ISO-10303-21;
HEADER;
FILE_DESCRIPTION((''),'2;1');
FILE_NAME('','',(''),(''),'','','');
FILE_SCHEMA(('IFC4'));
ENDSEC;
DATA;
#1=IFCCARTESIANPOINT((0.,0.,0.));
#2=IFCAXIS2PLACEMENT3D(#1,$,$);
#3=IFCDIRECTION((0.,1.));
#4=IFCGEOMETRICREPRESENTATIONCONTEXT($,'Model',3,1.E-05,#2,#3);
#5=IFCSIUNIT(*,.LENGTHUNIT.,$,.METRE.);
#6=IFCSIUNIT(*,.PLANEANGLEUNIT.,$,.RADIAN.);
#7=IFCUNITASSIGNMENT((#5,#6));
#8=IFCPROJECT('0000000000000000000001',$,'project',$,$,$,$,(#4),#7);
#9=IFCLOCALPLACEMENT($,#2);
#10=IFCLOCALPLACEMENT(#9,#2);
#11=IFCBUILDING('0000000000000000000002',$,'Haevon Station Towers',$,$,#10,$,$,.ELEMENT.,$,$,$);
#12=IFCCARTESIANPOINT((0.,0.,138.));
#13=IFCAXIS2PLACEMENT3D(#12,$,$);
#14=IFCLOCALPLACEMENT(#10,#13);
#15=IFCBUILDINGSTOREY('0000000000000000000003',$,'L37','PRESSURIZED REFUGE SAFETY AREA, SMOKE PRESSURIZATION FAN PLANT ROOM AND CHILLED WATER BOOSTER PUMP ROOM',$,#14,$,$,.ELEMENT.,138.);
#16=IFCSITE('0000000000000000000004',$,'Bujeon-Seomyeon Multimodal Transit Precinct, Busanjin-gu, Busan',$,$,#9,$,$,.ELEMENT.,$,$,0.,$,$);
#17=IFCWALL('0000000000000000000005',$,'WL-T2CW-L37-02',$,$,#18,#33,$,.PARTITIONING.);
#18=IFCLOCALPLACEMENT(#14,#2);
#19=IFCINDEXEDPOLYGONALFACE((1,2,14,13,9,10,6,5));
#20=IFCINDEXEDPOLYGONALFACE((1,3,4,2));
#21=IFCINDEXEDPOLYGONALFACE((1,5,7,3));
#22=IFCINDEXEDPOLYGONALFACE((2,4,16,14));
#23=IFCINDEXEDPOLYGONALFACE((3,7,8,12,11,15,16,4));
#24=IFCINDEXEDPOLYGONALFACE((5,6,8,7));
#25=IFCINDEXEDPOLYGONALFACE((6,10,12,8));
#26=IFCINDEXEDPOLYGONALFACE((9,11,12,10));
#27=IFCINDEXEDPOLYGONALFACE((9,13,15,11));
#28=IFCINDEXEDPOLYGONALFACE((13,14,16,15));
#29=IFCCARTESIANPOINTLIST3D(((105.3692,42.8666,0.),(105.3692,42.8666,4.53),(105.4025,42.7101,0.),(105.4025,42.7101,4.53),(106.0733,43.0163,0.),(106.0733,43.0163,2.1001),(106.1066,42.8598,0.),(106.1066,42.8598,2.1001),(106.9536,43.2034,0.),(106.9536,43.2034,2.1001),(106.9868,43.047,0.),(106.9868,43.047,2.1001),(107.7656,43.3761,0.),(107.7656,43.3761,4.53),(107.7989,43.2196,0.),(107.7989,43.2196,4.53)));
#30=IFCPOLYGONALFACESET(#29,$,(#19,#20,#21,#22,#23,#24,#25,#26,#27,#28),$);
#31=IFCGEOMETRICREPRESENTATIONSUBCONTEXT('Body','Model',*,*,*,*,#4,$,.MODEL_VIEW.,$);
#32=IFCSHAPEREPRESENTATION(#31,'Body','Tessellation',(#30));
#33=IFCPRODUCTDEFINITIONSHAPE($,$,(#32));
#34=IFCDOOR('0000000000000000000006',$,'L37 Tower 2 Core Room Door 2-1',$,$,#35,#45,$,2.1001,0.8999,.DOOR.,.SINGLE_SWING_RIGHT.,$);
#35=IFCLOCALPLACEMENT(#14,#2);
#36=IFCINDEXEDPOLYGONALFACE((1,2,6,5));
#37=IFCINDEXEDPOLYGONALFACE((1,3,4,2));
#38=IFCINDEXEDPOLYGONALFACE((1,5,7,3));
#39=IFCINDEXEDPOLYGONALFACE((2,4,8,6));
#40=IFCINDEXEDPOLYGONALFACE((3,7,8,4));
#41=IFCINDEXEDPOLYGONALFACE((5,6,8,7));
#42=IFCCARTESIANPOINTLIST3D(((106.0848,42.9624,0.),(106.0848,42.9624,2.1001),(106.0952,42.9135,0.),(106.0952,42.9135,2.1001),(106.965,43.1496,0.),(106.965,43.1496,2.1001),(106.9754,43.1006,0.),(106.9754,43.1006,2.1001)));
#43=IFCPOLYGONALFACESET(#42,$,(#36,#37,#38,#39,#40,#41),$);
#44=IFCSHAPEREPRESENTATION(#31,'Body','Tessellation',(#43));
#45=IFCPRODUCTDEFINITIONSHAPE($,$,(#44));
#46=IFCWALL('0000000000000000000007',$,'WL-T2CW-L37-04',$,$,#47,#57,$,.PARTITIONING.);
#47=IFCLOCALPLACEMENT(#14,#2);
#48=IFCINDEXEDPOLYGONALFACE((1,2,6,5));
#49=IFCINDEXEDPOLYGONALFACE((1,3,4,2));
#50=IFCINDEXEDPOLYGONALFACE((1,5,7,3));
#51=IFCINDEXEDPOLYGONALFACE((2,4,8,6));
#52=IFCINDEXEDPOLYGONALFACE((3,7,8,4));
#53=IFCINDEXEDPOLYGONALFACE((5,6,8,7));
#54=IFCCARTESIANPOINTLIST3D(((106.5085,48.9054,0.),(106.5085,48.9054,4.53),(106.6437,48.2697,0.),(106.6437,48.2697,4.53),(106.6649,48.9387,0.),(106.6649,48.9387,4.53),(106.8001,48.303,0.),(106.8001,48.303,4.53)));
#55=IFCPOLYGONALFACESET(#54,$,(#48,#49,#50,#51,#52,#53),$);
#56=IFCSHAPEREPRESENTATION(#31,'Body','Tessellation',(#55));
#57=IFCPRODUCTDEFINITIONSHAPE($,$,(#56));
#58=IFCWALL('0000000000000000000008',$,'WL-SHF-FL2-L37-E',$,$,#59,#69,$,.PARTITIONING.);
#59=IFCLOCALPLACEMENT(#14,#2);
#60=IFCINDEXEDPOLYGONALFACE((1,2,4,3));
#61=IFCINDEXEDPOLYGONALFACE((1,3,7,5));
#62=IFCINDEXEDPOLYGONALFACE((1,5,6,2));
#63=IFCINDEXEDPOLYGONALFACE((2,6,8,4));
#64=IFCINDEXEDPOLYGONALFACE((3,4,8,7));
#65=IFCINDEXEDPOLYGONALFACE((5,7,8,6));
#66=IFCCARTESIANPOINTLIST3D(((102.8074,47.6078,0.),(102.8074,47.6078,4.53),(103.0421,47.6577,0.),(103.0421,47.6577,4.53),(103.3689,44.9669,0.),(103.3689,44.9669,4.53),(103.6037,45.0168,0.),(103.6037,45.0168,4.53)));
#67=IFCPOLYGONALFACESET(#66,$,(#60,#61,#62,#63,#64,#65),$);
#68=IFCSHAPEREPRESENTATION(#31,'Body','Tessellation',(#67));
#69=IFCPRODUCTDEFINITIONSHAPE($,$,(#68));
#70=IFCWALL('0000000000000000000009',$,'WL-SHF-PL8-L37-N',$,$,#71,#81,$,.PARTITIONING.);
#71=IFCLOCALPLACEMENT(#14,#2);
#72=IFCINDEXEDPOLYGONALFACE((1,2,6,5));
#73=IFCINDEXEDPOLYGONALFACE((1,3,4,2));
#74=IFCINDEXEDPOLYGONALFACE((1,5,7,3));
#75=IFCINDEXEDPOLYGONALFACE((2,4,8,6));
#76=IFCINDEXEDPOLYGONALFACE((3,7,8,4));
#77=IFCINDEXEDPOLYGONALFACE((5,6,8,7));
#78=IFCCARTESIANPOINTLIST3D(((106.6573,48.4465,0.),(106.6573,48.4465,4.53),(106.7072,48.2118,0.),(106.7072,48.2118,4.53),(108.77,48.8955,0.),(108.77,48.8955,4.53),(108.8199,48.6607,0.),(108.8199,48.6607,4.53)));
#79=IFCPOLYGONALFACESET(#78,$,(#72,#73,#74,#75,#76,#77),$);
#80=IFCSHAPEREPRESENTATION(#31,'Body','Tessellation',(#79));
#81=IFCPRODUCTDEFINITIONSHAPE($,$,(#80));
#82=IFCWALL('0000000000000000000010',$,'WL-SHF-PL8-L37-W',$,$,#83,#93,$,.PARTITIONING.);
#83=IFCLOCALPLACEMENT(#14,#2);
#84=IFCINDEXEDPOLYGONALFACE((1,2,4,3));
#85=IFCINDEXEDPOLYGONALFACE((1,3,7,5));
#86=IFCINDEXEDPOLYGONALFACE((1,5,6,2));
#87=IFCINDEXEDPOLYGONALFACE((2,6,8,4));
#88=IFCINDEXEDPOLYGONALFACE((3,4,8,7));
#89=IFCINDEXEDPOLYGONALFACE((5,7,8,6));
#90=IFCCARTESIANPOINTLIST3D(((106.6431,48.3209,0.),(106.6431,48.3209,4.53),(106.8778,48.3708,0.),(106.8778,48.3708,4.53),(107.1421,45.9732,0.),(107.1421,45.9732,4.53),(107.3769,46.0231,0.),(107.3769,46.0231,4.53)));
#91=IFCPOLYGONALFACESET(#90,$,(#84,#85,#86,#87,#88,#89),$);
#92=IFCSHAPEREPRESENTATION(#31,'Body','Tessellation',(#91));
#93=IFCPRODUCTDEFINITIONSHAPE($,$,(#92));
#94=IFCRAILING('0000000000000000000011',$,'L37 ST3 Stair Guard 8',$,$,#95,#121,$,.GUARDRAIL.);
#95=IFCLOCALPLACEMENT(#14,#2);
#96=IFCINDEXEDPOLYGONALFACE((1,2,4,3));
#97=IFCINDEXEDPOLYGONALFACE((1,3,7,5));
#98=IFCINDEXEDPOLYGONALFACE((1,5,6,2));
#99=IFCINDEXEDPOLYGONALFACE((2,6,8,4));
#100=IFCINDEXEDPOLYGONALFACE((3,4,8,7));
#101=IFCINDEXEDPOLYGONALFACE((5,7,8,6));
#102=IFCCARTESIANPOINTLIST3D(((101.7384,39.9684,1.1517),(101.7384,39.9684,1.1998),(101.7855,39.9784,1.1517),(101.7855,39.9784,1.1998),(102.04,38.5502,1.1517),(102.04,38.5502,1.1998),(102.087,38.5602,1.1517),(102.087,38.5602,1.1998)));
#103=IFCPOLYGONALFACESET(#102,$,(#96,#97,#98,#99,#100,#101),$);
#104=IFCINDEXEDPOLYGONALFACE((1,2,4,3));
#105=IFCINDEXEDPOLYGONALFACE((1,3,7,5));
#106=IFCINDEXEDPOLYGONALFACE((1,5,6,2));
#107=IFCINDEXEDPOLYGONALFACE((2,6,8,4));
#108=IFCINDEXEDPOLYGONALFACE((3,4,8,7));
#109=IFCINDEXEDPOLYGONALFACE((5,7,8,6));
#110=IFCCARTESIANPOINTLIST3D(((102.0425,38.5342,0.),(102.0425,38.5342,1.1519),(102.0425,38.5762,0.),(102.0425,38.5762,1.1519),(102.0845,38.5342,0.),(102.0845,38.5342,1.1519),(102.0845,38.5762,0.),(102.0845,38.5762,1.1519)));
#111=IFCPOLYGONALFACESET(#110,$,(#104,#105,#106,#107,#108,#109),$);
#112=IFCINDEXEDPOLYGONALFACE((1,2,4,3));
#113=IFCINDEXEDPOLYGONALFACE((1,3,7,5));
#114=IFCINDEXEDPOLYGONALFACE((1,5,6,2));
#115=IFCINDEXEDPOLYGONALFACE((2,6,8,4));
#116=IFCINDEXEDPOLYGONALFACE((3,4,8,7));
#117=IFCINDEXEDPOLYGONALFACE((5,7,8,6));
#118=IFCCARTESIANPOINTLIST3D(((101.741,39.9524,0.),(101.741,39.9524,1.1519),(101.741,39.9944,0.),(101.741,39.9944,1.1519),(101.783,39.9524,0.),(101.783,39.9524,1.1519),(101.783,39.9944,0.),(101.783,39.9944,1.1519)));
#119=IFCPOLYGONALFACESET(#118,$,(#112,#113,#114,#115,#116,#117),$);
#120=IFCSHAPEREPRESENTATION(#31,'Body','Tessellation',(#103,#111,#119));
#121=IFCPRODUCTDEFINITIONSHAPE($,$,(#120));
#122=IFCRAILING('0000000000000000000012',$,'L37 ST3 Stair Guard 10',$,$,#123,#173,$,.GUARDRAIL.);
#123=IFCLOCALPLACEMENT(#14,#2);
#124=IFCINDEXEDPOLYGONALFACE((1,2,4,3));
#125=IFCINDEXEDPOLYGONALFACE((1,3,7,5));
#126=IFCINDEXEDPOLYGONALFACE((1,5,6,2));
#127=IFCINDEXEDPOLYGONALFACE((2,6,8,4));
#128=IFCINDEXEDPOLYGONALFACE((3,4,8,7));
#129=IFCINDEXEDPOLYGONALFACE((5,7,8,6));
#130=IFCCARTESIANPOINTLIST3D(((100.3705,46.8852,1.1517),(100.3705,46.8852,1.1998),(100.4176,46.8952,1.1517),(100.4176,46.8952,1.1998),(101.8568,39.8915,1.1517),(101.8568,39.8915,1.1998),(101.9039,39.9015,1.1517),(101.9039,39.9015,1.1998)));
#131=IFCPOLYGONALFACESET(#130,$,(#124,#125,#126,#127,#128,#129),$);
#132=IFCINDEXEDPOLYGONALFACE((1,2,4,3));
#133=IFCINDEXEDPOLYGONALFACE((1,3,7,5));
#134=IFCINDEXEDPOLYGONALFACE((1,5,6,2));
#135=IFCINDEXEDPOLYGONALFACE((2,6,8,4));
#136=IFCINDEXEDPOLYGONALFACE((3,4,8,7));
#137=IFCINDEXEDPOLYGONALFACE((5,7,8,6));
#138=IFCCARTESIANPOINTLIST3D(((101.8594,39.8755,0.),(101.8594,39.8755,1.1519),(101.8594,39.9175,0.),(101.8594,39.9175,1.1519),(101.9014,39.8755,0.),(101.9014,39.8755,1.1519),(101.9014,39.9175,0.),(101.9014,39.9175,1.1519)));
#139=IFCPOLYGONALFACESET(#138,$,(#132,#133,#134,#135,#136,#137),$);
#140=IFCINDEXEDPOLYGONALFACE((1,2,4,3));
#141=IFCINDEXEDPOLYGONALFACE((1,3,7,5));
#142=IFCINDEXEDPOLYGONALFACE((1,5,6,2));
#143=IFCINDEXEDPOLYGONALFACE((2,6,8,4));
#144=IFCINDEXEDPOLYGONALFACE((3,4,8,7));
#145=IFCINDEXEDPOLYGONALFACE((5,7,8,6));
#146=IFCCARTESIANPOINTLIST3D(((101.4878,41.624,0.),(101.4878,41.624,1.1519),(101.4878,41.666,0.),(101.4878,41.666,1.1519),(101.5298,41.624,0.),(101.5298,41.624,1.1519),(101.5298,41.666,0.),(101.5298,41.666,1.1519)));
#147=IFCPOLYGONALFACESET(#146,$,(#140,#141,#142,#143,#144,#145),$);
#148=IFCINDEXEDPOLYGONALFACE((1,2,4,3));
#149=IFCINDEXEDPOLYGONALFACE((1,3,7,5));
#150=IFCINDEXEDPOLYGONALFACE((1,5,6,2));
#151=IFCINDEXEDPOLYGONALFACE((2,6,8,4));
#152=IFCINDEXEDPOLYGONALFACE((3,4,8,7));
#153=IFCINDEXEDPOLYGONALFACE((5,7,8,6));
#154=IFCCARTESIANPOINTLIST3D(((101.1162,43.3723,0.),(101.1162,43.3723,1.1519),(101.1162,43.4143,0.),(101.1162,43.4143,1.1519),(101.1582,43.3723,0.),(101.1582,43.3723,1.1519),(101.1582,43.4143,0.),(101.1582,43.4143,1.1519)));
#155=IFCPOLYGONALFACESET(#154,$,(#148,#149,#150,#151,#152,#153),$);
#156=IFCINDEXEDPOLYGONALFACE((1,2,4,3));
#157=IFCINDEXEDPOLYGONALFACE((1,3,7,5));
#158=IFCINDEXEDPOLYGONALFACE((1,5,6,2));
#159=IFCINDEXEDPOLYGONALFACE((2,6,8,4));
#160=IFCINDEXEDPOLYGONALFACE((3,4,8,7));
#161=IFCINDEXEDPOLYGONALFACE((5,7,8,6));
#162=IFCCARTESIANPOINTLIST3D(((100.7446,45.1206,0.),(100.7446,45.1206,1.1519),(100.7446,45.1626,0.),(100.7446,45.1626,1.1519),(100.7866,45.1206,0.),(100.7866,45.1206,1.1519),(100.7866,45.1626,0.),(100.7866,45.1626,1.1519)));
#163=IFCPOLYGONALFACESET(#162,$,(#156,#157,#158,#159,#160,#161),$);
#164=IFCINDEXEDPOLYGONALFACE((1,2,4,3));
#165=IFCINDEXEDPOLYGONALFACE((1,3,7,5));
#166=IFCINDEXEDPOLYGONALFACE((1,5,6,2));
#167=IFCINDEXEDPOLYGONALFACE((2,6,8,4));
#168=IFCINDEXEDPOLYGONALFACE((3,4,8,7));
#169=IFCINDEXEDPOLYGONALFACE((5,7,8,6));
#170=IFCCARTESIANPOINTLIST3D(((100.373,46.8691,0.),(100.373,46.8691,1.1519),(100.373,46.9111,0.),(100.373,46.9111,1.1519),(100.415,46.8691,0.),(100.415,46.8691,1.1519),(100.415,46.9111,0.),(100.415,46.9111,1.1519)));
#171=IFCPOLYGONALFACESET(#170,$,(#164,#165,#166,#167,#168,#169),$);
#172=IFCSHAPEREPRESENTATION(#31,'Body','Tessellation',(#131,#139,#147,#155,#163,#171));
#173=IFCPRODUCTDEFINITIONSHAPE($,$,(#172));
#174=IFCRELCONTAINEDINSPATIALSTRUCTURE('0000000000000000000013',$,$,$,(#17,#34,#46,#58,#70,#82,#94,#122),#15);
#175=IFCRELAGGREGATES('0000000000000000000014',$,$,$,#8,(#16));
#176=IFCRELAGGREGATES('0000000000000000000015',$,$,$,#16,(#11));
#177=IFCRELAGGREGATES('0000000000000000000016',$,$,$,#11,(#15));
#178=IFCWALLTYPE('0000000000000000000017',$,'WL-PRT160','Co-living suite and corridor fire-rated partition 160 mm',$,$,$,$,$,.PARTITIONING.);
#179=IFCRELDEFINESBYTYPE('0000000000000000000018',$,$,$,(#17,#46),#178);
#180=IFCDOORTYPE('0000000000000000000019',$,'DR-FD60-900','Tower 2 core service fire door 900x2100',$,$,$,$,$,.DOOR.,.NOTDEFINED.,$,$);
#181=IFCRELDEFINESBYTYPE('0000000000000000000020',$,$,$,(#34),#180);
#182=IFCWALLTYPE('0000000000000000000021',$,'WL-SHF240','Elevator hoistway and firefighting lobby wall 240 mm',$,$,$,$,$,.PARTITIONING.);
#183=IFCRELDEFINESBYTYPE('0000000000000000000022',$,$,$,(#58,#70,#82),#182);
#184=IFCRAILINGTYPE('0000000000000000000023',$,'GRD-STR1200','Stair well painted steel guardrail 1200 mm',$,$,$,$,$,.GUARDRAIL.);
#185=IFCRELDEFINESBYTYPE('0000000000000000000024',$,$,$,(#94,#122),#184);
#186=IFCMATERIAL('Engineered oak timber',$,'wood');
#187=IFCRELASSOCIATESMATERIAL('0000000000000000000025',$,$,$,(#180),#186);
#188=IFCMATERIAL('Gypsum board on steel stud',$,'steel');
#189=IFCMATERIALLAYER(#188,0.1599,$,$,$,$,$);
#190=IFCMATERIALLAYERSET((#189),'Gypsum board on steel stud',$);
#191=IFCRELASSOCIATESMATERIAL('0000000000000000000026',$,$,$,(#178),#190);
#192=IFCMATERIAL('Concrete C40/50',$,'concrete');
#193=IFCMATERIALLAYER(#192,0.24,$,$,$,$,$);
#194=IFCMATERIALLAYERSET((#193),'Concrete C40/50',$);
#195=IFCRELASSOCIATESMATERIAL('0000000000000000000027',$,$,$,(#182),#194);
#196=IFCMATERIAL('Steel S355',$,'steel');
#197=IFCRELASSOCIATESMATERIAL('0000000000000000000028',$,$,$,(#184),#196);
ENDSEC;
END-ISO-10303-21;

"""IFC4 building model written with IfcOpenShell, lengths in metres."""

from ifc_helpers import new_model, si_unit, direction, frame, frame_2d, origin, origin_2d, place, context, subcontext, project, spatial, rectangle, extrude, material, layer, layer_set, type_object, element, fill, save


model = new_model("IFC4")

# Units and contexts
model_context = context("Model", 3, precision=1e-05, world=origin(), true_north=direction((0.0, 1.0)))
body_context = subcontext(model_context, "Body", "Model", "MODEL_VIEW")
ifc_project = project(units=[si_unit("LENGTHUNIT", "METRE"), si_unit("PLANEANGLEUNIT", "RADIAN")], contexts=[model_context])

# Site, building, storey
site_placement = place(None, origin())
site = spatial("IfcSite", under=ifc_project, at=site_placement, Name="Bujeon-Seomyeon Multimodal Transit Precinct, Busanjin-gu, Busan", CompositionType="ELEMENT", RefElevation=0.0)
building_placement = place(site_placement, origin())
building = spatial("IfcBuilding", under=site, at=building_placement, Name="Haevon Station Towers", CompositionType="ELEMENT")
storey_placement = place(building_placement, frame((0.0, 0.0, 138.0)))
storey = spatial("IfcBuildingStorey", under=building, at=storey_placement, Name="L37", Description="PRESSURIZED REFUGE SAFETY AREA, SMOKE PRESSURIZATION FAN PLANT ROOM AND CHILLED WATER BOOSTER PUMP ROOM", CompositionType="ELEMENT", Elevation=138.0)

# Shared definitions
ifc_material_1 = material(Name="Gypsum board on steel stud", Category="steel")
ifc_material_2 = material(Name="Engineered oak timber", Category="wood")

# Shared definitions
door_type_1 = type_object("IfcDoorType", Name="DR-FD60-900", Description="Tower 2 core service fire door 900x2100", OperationType="NOTDEFINED", PredefinedType="DOOR", material=ifc_material_2)

# Shared definitions
ifc_layer_1 = layer(ifc_material_1, 0.1599)
ifc_layer_set_1 = layer_set([ifc_layer_1], Name="Gypsum board on steel stud")
wall_type_1 = type_object("IfcWallType", Name="WL-PRT160", Description="Co-living suite and corridor fire-rated partition 160 mm", PredefinedType="PARTITIONING", material=ifc_layer_set_1)

# Wall, opening, door
wall_1_placement = place(storey_placement, frame((105.3857, 42.7883, 0.0), z_axis=(0.0, 0.0, 1.0), x_axis=(0.978137, 0.207964, 0.0)))
wall_1 = element("IfcWall", 1, at=wall_1_placement, inside=storey, type_object=wall_type_1, Name="WL-T2CW-L37-02", PredefinedType="PARTITIONING", context=body_context, shape_type="SweptSolid", body=[
    extrude(rectangle(XDim=2.45, YDim=0.1599, at=frame_2d((1.2251, 0.0))), origin(), (0.0, 0.0, 1.0), 4.53),
])
opening_1_placement = place(wall_1_placement, frame((0.72, 0.0, 0.0)))
opening_1 = element("IfcOpeningElement", 2, at=opening_1_placement, cuts=wall_1, PredefinedType="OPENING", context=body_context, shape_type="SweptSolid", body=[
    extrude(rectangle(XDim=0.8999, YDim=2.1001, at=frame_2d((0.45, 1.05))), frame((0.0, 0.0898, 0.0), z_axis=(0.0, -1.0, 0.0), x_axis=(1.0, 0.0, 0.0)), (0.0, 0.0, 1.0), 0.1799),
])
door_1_placement = place(opening_1_placement, origin())
door_1 = element("IfcDoor", 3, at=door_1_placement, inside=storey, type_object=door_type_1, Name="L37 Tower 2 Core Room Door 2-1", OperationType="SINGLE_SWING_RIGHT", OverallHeight=2.1001, OverallWidth=0.8999, PredefinedType="DOOR", context=body_context, shape_type="SweptSolid", body=[
    extrude(rectangle(XDim=0.8999, YDim=2.1001, at=frame_2d((0.45, 1.05))), frame((0.0, 0.0249, 0.0), z_axis=(0.0, -1.0, 0.0), x_axis=(1.0, 0.0, 0.0)), (0.0, 0.0, 1.0), 0.05),
])
fill(opening_1, door_1)

# Walls
wall_2_placement = place(storey_placement, frame((106.7219, 48.2864, 0.0), z_axis=(0.0, 0.0, 1.0), x_axis=(-0.208092, 0.978109, 0.0)))
element("IfcWall", 4, at=wall_2_placement, inside=storey, type_object=wall_type_1, Name="WL-T2CW-L37-04", PredefinedType="PARTITIONING", context=body_context, shape_type="SweptSolid", body=[
    extrude(rectangle(XDim=0.6499, YDim=0.1599, at=frame_2d((0.325, 0.0))), origin(), (0.0, 0.0, 1.0), 4.53),
])
ifc_material_3 = material(Name="Concrete C40/50", Category="concrete")
ifc_layer_2 = layer(ifc_material_3, 0.24)
ifc_layer_set_2 = layer_set([ifc_layer_2], Name="Concrete C40/50")
wall_type_2 = type_object("IfcWallType", Name="WL-SHF240", Description="Elevator hoistway and firefighting lobby wall 240 mm", PredefinedType="PARTITIONING", material=ifc_layer_set_2)
wall_3_placement = place(storey_placement, frame((103.4863, 44.9917, 0.0), z_axis=(0.0, 0.0, 1.0), x_axis=(-0.207979, 0.978133, 0.0)))
element("IfcWall", 5, at=wall_3_placement, inside=storey, type_object=wall_type_2, Name="WL-SHF-FL2-L37-E", PredefinedType="PARTITIONING", context=body_context, shape_type="SweptSolid", body=[
    extrude(rectangle(XDim=2.7, YDim=0.24, at=frame_2d((1.3501, 0.0))), origin(), (0.0, 0.0, 1.0), 4.53),
])

# Walls
wall_4_placement = place(storey_placement, frame((106.6821, 48.3291, 0.0), z_axis=(0.0, 0.0, 1.0), x_axis=(0.978158, 0.207861, 0.0)))
element("IfcWall", 6, at=wall_4_placement, inside=storey, type_object=wall_type_2, Name="WL-SHF-PL8-L37-N", PredefinedType="PARTITIONING", context=body_context, shape_type="SweptSolid", body=[
    extrude(rectangle(XDim=2.1599, YDim=0.24, at=frame_2d((1.0801, 0.0))), origin(), (0.0, 0.0, 1.0), 4.53),
])
wall_5_placement = place(storey_placement, frame((107.2595, 45.998, 0.0), z_axis=(0.0, 0.0, 1.0), x_axis=(-0.207917, 0.978146, 0.0)))
element("IfcWall", 7, at=wall_5_placement, inside=storey, type_object=wall_type_2, Name="WL-SHF-PL8-L37-W", PredefinedType="PARTITIONING", context=body_context, shape_type="SweptSolid", body=[
    extrude(rectangle(XDim=2.4001, YDim=0.24, at=frame_2d((1.2002, 0.0))), origin(), (0.0, 0.0, 1.0), 4.53),
])

# Railings
ifc_material_4 = material(Name="Steel S355", Category="steel")
railing_type = type_object("IfcRailingType", Name="GRD-STR1200", Description="Stair well painted steel guardrail 1200 mm", PredefinedType="GUARDRAIL", material=ifc_material_4)
railing_1_placement = place(storey_placement, frame((102.0635, 38.5552, 0.0)))
element("IfcRailing", 8, at=railing_1_placement, inside=storey, type_object=railing_type, Name="L37 ST3 Stair Guard 8", PredefinedType="GUARDRAIL", context=body_context, shape_type="SweptSolid", body=[
    extrude(rectangle(XDim=0.0481, YDim=0.0481, at=origin_2d()), frame((0.0, 0.0, 1.1758), z_axis=(-0.207953, 0.978139, 0.0), x_axis=(-0.978139, -0.207953, 0.0)), (0.0, 0.0, 1.0), 1.45),
    extrude(rectangle(XDim=0.042, YDim=0.042, at=origin_2d()), origin(), (0.0, 0.0, 1.0), 1.1519),
    extrude(rectangle(XDim=0.042, YDim=0.042, at=origin_2d()), frame((-0.3015, 1.4182, 0.0)), (0.0, 0.0, 1.0), 1.1519),
])
railing_2_placement = place(storey_placement, frame((101.8804, 39.8965, 0.0)))
element("IfcRailing", 9, at=railing_2_placement, inside=storey, type_object=railing_type, Name="L37 ST3 Stair Guard 10", PredefinedType="GUARDRAIL", context=body_context, shape_type="SweptSolid", body=[
    extrude(rectangle(XDim=0.0481, YDim=0.0481, at=origin_2d()), frame((0.0, 0.0, 1.1758), z_axis=(-0.207882, 0.978154, 0.0), x_axis=(-0.978154, -0.207882, 0.0)), (0.0, 0.0, 1.0), 7.1499),
    extrude(rectangle(XDim=0.042, YDim=0.042, at=origin_2d()), origin(), (0.0, 0.0, 1.0), 1.1519),
    extrude(rectangle(XDim=0.042, YDim=0.042, at=origin_2d()), frame((-0.3716, 1.7485, 0.0)), (0.0, 0.0, 1.0), 1.1519),
    extrude(rectangle(XDim=0.042, YDim=0.042, at=origin_2d()), frame((-0.7432, 3.4968, 0.0)), (0.0, 0.0, 1.0), 1.1519),
    extrude(rectangle(XDim=0.042, YDim=0.042, at=origin_2d()), frame((-1.1147, 5.2451, 0.0)), (0.0, 0.0, 1.0), 1.1519),
    extrude(rectangle(XDim=0.042, YDim=0.042, at=origin_2d()), frame((-1.4863, 6.9937, 0.0)), (0.0, 0.0, 1.0), 1.1519),
])

save(model, "model.ifc")
